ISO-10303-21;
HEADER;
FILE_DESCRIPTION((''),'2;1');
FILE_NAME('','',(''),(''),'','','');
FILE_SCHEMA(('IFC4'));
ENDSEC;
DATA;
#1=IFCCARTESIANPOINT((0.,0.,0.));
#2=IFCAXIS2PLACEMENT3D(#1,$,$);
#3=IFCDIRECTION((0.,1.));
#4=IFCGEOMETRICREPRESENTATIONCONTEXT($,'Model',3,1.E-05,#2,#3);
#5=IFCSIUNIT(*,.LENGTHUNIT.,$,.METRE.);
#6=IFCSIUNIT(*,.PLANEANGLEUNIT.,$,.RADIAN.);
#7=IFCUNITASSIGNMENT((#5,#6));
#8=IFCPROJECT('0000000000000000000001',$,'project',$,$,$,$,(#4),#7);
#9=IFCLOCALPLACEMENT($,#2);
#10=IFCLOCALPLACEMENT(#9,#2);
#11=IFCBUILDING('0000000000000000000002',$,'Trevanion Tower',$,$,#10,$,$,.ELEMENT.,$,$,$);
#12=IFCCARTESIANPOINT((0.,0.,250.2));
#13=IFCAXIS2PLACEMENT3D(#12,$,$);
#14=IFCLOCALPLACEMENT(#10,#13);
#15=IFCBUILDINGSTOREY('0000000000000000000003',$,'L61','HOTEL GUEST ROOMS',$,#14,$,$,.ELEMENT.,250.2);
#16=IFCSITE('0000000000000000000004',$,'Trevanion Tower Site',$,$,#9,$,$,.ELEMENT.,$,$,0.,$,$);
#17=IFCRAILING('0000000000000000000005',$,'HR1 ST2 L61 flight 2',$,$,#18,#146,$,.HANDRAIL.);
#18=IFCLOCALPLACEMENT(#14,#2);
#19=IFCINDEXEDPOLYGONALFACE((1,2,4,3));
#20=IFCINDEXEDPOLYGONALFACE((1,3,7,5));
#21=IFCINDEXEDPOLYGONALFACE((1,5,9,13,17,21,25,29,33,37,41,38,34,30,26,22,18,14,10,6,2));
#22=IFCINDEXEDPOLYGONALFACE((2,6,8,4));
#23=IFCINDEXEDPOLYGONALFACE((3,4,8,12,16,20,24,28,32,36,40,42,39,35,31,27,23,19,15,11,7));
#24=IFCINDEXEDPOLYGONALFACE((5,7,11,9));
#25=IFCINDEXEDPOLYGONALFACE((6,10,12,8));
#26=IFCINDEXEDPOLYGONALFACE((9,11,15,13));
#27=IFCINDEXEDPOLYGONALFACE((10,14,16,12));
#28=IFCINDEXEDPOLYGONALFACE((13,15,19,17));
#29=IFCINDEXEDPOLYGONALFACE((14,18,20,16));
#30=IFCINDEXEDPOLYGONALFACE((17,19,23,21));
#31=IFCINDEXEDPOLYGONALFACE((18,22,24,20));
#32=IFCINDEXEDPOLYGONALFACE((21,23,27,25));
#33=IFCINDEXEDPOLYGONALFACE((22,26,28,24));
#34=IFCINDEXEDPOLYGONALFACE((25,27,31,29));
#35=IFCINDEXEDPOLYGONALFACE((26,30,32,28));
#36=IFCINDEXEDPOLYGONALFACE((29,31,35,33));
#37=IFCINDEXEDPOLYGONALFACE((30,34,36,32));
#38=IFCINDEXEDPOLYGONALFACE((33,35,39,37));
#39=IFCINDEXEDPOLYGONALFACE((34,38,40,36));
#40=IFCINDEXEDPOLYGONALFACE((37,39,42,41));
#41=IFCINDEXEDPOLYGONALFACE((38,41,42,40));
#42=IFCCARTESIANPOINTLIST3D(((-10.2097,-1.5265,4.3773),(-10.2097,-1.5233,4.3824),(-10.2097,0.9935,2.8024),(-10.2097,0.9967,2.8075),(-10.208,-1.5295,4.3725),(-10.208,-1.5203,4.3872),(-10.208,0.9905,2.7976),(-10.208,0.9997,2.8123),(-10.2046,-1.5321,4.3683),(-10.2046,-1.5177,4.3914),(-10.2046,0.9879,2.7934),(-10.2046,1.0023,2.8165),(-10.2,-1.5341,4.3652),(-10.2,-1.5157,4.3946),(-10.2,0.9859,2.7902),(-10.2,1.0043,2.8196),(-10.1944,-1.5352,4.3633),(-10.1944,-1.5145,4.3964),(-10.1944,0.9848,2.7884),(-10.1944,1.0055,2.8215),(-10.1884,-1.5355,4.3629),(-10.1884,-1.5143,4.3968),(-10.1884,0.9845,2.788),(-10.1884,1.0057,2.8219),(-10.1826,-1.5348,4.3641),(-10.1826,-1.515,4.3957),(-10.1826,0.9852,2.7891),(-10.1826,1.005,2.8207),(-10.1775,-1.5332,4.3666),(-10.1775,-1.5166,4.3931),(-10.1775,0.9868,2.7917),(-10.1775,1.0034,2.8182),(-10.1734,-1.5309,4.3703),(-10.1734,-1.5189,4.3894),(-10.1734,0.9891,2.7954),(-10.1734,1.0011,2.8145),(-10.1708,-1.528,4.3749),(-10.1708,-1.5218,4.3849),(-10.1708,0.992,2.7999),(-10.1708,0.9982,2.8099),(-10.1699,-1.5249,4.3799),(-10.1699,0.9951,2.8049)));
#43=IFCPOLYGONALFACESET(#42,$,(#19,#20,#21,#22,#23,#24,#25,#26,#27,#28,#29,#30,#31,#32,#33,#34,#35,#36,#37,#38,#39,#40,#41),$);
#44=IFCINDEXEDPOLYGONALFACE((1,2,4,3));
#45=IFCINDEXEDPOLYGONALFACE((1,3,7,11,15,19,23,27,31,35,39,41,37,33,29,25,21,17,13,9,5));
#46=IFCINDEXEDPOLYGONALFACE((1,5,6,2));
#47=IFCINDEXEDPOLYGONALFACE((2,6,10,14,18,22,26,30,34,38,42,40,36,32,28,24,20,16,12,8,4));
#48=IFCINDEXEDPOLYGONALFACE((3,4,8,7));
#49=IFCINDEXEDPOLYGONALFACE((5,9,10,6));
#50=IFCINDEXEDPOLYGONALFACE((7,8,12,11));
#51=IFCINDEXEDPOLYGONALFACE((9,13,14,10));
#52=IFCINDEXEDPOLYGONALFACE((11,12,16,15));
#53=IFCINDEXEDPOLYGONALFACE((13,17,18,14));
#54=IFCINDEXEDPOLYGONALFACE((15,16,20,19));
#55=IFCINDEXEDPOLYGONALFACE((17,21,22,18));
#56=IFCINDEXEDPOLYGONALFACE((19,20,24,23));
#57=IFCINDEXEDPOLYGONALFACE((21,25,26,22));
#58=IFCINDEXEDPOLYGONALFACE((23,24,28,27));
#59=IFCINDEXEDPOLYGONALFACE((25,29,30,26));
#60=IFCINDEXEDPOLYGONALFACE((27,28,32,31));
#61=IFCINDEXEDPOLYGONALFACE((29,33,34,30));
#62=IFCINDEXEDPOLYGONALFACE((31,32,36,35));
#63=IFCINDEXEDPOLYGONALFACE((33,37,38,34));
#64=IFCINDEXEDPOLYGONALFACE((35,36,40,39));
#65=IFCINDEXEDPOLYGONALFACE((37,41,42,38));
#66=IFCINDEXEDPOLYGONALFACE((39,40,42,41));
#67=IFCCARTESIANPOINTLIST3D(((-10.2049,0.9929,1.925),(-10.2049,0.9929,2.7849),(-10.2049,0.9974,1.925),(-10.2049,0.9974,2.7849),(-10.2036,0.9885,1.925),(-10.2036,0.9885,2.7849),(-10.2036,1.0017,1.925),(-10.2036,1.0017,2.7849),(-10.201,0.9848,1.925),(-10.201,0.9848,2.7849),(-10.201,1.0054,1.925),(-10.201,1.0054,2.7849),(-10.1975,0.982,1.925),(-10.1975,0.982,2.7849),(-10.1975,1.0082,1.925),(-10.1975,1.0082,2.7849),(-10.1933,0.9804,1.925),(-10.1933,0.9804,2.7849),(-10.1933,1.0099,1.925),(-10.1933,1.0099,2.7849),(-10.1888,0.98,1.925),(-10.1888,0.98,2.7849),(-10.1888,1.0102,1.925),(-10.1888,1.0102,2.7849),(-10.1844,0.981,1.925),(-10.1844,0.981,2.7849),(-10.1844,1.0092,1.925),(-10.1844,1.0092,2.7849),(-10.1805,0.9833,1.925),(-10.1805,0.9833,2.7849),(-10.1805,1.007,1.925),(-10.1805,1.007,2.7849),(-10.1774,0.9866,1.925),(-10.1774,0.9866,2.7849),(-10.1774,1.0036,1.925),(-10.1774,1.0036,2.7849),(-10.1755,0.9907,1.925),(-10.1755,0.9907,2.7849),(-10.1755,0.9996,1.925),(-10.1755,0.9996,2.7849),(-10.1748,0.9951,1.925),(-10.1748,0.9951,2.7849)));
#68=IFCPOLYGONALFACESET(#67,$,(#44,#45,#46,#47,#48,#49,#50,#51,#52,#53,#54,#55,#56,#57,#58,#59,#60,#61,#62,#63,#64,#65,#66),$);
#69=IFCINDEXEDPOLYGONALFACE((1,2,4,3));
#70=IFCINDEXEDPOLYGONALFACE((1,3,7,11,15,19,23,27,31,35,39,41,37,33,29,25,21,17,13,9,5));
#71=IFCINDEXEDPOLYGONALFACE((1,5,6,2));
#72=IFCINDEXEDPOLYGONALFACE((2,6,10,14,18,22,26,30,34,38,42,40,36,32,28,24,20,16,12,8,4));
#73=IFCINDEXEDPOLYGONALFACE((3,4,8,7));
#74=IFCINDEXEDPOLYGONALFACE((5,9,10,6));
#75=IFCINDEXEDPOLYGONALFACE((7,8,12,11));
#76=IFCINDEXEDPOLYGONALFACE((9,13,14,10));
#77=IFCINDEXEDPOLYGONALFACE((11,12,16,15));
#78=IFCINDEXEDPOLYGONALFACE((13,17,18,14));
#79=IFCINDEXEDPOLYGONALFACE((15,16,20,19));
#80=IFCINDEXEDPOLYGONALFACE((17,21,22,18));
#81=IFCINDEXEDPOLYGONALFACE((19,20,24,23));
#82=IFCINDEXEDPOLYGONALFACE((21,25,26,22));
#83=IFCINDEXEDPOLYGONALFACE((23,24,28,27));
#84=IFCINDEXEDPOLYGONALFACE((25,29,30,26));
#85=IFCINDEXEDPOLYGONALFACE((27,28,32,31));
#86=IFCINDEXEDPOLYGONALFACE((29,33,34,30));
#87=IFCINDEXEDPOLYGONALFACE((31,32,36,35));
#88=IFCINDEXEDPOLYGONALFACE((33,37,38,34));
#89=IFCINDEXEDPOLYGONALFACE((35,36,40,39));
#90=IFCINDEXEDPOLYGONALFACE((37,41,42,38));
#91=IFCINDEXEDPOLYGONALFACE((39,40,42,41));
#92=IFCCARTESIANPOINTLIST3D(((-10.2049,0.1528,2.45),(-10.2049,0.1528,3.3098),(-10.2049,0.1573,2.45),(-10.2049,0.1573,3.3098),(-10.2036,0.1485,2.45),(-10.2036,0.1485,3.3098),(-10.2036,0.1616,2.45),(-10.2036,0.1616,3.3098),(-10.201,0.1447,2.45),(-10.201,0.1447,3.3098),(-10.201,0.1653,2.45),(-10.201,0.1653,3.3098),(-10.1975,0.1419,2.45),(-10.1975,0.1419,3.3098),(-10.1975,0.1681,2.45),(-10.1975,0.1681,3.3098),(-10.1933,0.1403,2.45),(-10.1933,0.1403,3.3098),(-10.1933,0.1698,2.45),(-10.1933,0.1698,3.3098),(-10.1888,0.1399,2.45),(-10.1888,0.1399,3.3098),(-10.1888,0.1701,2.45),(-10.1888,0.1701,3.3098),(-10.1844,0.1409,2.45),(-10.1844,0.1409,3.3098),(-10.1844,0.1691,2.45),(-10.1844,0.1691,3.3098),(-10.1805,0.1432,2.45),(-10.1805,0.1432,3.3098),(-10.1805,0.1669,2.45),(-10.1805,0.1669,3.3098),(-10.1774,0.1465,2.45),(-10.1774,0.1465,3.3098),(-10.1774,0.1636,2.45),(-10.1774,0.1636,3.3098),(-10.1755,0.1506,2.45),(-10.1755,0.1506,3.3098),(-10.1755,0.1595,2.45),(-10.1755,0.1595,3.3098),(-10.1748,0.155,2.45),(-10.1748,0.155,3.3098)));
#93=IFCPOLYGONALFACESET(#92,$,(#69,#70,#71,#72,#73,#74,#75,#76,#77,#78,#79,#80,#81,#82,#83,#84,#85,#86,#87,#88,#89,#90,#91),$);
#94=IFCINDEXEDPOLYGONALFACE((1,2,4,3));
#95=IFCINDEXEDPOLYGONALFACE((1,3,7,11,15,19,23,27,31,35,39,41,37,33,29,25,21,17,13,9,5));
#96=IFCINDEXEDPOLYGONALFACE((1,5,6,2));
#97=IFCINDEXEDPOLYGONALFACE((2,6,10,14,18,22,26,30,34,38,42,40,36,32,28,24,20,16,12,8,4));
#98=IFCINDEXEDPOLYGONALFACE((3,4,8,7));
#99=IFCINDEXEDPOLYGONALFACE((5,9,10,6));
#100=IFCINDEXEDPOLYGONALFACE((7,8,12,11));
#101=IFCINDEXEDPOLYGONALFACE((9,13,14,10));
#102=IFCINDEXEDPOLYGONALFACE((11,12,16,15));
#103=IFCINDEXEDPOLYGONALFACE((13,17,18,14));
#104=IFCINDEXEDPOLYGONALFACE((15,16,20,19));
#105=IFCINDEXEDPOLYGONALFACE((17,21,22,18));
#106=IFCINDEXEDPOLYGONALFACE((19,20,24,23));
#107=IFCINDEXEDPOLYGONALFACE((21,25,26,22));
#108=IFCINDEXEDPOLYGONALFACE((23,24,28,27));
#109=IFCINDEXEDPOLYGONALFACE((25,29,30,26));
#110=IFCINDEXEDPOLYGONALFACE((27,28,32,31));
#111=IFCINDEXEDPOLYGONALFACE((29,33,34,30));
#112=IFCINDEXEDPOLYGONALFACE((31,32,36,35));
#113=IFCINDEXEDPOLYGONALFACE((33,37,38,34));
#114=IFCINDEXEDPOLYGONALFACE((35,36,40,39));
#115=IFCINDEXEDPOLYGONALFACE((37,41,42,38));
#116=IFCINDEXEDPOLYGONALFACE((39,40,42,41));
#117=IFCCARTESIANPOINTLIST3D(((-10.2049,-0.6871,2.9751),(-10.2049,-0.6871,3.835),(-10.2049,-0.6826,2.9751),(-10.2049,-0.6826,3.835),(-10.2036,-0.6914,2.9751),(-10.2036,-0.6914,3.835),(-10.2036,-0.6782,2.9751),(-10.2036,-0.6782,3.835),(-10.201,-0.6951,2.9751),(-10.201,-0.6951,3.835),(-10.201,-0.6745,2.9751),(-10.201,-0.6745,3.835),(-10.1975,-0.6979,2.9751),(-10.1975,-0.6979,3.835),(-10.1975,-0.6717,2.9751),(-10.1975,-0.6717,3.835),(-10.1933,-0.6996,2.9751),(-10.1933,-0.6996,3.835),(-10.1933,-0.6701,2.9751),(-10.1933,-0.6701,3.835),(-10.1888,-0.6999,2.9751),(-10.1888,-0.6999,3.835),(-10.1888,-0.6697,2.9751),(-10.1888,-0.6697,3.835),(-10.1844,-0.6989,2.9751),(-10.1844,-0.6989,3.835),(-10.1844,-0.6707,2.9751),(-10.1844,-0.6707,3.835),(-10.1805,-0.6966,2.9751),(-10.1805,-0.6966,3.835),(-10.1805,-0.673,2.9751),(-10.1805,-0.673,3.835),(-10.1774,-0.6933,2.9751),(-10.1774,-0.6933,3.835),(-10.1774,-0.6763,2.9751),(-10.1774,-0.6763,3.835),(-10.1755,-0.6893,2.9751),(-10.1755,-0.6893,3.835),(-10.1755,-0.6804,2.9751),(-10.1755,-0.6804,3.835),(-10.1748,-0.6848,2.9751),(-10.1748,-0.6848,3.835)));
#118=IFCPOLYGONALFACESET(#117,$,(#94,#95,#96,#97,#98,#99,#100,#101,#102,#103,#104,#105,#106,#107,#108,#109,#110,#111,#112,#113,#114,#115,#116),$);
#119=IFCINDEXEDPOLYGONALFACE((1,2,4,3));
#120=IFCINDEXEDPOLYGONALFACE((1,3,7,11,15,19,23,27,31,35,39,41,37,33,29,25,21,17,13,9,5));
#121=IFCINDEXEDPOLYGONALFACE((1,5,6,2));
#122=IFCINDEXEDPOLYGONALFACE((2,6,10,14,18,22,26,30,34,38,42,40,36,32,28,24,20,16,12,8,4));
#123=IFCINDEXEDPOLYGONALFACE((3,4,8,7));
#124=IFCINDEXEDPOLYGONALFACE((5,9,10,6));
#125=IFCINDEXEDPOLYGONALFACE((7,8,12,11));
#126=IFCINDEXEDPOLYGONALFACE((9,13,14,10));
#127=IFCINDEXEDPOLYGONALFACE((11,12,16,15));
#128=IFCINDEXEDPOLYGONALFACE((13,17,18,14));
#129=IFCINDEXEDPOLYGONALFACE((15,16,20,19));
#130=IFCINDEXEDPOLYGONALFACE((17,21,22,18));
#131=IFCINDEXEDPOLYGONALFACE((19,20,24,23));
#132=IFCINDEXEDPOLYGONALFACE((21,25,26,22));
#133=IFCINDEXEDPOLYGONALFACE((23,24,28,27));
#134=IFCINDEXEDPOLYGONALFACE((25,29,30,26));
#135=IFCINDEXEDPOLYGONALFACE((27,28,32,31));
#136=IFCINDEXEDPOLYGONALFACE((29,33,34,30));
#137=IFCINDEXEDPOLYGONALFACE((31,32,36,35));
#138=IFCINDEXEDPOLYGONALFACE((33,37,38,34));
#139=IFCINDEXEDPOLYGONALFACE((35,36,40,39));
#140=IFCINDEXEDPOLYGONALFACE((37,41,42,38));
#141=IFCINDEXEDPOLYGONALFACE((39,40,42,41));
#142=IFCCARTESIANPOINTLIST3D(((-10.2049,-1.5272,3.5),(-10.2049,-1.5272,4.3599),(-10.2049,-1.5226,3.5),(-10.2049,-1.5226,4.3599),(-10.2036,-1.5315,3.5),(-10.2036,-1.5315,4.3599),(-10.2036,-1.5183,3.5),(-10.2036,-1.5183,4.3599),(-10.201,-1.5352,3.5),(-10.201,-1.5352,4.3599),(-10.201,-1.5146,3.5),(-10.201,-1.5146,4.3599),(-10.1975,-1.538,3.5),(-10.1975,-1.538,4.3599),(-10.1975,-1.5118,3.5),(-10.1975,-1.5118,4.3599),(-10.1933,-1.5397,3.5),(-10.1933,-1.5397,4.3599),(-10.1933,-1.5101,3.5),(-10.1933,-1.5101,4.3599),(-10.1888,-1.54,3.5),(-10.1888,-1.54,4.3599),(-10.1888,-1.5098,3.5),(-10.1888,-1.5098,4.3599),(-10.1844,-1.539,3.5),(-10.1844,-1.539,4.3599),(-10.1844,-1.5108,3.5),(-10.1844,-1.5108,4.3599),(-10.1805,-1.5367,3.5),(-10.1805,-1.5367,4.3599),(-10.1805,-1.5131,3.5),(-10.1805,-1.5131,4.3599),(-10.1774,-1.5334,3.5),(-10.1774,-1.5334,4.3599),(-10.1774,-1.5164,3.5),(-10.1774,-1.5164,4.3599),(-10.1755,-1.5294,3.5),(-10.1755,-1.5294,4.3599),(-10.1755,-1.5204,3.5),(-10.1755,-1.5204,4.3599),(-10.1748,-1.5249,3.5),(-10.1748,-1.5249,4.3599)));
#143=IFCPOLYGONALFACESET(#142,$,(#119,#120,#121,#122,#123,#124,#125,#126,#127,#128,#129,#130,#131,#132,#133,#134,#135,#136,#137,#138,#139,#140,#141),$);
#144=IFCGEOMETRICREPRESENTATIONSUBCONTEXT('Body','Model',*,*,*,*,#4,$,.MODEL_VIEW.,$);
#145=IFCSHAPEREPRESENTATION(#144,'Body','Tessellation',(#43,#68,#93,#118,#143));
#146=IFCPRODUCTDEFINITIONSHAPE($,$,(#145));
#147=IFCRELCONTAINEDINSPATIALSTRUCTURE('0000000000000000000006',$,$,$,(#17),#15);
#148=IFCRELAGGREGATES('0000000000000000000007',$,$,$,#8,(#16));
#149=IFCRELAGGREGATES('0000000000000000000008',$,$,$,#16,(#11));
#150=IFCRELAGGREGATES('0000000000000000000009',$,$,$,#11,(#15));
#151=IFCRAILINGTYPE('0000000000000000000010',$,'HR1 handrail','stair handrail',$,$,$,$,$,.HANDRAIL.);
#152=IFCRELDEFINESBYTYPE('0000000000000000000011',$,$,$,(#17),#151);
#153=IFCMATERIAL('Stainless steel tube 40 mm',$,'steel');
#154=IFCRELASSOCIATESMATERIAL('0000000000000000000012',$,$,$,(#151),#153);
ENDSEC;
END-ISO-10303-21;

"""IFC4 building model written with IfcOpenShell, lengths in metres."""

from ifc_helpers import new_model, si_unit, direction, frame, origin, origin_2d, place, context, subcontext, project, spatial, circle, extrude, material, type_object, element, save


model = new_model("IFC4")

# Units and contexts
model_context = context("Model", 3, precision=1e-05, world=origin(), true_north=direction((0.0, 1.0)))
body_context = subcontext(model_context, "Body", "Model", "MODEL_VIEW")
ifc_project = project(units=[si_unit("LENGTHUNIT", "METRE"), si_unit("PLANEANGLEUNIT", "RADIAN")], contexts=[model_context])

# Site, building, storey
site_placement = place(None, origin())
site = spatial("IfcSite", under=ifc_project, at=site_placement, Name="Trevanion Tower Site", CompositionType="ELEMENT", RefElevation=0.0)
building_placement = place(site_placement, origin())
building = spatial("IfcBuilding", under=site, at=building_placement, Name="Trevanion Tower", CompositionType="ELEMENT")
storey_placement = place(building_placement, frame((0.0, 0.0, 250.2)))
storey = spatial("IfcBuildingStorey", under=building, at=storey_placement, Name="L61", Description="HOTEL GUEST ROOMS", CompositionType="ELEMENT", Elevation=250.2)

# Railing
ifc_material_1 = material(Name="Stainless steel tube 40 mm", Category="steel")
railing_type = type_object("IfcRailingType", Name="HR1 handrail", Description="stair handrail", PredefinedType="HANDRAIL", material=ifc_material_1)
for number, where, name in (
    (1, (-10.1899, 0.9951, 1.925), "HR1 ST2 L61 flight 2"),
):
    element("IfcRailing", number, at=place(storey_placement, frame(where)), inside=storey, type_object=railing_type, Name=name, PredefinedType="HANDRAIL", context=body_context, shape_type="SweptSolid", body=[
        extrude(circle(Radius=0.02, at=origin_2d()), frame((0.0, 0.0, 0.8799), z_axis=(0.0, -0.848008, 0.529984), x_axis=(1.0, 0.0, 0.0)), (0.0, 0.0, 1.0), 2.9717),
        extrude(circle(Radius=0.0151, at=origin_2d()), origin(), (0.0, 0.0, 1.0), 0.8599),
        extrude(circle(Radius=0.0151, at=origin_2d()), frame((0.0, -0.8401, 0.5249)), (0.0, 0.0, 1.0), 0.8599),
        extrude(circle(Radius=0.0151, at=origin_2d()), frame((0.0, -1.6799, 1.05)), (0.0, 0.0, 1.0), 0.8599),
        extrude(circle(Radius=0.0151, at=origin_2d()), frame((0.0, -2.52, 1.575)), (0.0, 0.0, 1.0), 0.8599),
    ])

save(model, "model.ifc")
